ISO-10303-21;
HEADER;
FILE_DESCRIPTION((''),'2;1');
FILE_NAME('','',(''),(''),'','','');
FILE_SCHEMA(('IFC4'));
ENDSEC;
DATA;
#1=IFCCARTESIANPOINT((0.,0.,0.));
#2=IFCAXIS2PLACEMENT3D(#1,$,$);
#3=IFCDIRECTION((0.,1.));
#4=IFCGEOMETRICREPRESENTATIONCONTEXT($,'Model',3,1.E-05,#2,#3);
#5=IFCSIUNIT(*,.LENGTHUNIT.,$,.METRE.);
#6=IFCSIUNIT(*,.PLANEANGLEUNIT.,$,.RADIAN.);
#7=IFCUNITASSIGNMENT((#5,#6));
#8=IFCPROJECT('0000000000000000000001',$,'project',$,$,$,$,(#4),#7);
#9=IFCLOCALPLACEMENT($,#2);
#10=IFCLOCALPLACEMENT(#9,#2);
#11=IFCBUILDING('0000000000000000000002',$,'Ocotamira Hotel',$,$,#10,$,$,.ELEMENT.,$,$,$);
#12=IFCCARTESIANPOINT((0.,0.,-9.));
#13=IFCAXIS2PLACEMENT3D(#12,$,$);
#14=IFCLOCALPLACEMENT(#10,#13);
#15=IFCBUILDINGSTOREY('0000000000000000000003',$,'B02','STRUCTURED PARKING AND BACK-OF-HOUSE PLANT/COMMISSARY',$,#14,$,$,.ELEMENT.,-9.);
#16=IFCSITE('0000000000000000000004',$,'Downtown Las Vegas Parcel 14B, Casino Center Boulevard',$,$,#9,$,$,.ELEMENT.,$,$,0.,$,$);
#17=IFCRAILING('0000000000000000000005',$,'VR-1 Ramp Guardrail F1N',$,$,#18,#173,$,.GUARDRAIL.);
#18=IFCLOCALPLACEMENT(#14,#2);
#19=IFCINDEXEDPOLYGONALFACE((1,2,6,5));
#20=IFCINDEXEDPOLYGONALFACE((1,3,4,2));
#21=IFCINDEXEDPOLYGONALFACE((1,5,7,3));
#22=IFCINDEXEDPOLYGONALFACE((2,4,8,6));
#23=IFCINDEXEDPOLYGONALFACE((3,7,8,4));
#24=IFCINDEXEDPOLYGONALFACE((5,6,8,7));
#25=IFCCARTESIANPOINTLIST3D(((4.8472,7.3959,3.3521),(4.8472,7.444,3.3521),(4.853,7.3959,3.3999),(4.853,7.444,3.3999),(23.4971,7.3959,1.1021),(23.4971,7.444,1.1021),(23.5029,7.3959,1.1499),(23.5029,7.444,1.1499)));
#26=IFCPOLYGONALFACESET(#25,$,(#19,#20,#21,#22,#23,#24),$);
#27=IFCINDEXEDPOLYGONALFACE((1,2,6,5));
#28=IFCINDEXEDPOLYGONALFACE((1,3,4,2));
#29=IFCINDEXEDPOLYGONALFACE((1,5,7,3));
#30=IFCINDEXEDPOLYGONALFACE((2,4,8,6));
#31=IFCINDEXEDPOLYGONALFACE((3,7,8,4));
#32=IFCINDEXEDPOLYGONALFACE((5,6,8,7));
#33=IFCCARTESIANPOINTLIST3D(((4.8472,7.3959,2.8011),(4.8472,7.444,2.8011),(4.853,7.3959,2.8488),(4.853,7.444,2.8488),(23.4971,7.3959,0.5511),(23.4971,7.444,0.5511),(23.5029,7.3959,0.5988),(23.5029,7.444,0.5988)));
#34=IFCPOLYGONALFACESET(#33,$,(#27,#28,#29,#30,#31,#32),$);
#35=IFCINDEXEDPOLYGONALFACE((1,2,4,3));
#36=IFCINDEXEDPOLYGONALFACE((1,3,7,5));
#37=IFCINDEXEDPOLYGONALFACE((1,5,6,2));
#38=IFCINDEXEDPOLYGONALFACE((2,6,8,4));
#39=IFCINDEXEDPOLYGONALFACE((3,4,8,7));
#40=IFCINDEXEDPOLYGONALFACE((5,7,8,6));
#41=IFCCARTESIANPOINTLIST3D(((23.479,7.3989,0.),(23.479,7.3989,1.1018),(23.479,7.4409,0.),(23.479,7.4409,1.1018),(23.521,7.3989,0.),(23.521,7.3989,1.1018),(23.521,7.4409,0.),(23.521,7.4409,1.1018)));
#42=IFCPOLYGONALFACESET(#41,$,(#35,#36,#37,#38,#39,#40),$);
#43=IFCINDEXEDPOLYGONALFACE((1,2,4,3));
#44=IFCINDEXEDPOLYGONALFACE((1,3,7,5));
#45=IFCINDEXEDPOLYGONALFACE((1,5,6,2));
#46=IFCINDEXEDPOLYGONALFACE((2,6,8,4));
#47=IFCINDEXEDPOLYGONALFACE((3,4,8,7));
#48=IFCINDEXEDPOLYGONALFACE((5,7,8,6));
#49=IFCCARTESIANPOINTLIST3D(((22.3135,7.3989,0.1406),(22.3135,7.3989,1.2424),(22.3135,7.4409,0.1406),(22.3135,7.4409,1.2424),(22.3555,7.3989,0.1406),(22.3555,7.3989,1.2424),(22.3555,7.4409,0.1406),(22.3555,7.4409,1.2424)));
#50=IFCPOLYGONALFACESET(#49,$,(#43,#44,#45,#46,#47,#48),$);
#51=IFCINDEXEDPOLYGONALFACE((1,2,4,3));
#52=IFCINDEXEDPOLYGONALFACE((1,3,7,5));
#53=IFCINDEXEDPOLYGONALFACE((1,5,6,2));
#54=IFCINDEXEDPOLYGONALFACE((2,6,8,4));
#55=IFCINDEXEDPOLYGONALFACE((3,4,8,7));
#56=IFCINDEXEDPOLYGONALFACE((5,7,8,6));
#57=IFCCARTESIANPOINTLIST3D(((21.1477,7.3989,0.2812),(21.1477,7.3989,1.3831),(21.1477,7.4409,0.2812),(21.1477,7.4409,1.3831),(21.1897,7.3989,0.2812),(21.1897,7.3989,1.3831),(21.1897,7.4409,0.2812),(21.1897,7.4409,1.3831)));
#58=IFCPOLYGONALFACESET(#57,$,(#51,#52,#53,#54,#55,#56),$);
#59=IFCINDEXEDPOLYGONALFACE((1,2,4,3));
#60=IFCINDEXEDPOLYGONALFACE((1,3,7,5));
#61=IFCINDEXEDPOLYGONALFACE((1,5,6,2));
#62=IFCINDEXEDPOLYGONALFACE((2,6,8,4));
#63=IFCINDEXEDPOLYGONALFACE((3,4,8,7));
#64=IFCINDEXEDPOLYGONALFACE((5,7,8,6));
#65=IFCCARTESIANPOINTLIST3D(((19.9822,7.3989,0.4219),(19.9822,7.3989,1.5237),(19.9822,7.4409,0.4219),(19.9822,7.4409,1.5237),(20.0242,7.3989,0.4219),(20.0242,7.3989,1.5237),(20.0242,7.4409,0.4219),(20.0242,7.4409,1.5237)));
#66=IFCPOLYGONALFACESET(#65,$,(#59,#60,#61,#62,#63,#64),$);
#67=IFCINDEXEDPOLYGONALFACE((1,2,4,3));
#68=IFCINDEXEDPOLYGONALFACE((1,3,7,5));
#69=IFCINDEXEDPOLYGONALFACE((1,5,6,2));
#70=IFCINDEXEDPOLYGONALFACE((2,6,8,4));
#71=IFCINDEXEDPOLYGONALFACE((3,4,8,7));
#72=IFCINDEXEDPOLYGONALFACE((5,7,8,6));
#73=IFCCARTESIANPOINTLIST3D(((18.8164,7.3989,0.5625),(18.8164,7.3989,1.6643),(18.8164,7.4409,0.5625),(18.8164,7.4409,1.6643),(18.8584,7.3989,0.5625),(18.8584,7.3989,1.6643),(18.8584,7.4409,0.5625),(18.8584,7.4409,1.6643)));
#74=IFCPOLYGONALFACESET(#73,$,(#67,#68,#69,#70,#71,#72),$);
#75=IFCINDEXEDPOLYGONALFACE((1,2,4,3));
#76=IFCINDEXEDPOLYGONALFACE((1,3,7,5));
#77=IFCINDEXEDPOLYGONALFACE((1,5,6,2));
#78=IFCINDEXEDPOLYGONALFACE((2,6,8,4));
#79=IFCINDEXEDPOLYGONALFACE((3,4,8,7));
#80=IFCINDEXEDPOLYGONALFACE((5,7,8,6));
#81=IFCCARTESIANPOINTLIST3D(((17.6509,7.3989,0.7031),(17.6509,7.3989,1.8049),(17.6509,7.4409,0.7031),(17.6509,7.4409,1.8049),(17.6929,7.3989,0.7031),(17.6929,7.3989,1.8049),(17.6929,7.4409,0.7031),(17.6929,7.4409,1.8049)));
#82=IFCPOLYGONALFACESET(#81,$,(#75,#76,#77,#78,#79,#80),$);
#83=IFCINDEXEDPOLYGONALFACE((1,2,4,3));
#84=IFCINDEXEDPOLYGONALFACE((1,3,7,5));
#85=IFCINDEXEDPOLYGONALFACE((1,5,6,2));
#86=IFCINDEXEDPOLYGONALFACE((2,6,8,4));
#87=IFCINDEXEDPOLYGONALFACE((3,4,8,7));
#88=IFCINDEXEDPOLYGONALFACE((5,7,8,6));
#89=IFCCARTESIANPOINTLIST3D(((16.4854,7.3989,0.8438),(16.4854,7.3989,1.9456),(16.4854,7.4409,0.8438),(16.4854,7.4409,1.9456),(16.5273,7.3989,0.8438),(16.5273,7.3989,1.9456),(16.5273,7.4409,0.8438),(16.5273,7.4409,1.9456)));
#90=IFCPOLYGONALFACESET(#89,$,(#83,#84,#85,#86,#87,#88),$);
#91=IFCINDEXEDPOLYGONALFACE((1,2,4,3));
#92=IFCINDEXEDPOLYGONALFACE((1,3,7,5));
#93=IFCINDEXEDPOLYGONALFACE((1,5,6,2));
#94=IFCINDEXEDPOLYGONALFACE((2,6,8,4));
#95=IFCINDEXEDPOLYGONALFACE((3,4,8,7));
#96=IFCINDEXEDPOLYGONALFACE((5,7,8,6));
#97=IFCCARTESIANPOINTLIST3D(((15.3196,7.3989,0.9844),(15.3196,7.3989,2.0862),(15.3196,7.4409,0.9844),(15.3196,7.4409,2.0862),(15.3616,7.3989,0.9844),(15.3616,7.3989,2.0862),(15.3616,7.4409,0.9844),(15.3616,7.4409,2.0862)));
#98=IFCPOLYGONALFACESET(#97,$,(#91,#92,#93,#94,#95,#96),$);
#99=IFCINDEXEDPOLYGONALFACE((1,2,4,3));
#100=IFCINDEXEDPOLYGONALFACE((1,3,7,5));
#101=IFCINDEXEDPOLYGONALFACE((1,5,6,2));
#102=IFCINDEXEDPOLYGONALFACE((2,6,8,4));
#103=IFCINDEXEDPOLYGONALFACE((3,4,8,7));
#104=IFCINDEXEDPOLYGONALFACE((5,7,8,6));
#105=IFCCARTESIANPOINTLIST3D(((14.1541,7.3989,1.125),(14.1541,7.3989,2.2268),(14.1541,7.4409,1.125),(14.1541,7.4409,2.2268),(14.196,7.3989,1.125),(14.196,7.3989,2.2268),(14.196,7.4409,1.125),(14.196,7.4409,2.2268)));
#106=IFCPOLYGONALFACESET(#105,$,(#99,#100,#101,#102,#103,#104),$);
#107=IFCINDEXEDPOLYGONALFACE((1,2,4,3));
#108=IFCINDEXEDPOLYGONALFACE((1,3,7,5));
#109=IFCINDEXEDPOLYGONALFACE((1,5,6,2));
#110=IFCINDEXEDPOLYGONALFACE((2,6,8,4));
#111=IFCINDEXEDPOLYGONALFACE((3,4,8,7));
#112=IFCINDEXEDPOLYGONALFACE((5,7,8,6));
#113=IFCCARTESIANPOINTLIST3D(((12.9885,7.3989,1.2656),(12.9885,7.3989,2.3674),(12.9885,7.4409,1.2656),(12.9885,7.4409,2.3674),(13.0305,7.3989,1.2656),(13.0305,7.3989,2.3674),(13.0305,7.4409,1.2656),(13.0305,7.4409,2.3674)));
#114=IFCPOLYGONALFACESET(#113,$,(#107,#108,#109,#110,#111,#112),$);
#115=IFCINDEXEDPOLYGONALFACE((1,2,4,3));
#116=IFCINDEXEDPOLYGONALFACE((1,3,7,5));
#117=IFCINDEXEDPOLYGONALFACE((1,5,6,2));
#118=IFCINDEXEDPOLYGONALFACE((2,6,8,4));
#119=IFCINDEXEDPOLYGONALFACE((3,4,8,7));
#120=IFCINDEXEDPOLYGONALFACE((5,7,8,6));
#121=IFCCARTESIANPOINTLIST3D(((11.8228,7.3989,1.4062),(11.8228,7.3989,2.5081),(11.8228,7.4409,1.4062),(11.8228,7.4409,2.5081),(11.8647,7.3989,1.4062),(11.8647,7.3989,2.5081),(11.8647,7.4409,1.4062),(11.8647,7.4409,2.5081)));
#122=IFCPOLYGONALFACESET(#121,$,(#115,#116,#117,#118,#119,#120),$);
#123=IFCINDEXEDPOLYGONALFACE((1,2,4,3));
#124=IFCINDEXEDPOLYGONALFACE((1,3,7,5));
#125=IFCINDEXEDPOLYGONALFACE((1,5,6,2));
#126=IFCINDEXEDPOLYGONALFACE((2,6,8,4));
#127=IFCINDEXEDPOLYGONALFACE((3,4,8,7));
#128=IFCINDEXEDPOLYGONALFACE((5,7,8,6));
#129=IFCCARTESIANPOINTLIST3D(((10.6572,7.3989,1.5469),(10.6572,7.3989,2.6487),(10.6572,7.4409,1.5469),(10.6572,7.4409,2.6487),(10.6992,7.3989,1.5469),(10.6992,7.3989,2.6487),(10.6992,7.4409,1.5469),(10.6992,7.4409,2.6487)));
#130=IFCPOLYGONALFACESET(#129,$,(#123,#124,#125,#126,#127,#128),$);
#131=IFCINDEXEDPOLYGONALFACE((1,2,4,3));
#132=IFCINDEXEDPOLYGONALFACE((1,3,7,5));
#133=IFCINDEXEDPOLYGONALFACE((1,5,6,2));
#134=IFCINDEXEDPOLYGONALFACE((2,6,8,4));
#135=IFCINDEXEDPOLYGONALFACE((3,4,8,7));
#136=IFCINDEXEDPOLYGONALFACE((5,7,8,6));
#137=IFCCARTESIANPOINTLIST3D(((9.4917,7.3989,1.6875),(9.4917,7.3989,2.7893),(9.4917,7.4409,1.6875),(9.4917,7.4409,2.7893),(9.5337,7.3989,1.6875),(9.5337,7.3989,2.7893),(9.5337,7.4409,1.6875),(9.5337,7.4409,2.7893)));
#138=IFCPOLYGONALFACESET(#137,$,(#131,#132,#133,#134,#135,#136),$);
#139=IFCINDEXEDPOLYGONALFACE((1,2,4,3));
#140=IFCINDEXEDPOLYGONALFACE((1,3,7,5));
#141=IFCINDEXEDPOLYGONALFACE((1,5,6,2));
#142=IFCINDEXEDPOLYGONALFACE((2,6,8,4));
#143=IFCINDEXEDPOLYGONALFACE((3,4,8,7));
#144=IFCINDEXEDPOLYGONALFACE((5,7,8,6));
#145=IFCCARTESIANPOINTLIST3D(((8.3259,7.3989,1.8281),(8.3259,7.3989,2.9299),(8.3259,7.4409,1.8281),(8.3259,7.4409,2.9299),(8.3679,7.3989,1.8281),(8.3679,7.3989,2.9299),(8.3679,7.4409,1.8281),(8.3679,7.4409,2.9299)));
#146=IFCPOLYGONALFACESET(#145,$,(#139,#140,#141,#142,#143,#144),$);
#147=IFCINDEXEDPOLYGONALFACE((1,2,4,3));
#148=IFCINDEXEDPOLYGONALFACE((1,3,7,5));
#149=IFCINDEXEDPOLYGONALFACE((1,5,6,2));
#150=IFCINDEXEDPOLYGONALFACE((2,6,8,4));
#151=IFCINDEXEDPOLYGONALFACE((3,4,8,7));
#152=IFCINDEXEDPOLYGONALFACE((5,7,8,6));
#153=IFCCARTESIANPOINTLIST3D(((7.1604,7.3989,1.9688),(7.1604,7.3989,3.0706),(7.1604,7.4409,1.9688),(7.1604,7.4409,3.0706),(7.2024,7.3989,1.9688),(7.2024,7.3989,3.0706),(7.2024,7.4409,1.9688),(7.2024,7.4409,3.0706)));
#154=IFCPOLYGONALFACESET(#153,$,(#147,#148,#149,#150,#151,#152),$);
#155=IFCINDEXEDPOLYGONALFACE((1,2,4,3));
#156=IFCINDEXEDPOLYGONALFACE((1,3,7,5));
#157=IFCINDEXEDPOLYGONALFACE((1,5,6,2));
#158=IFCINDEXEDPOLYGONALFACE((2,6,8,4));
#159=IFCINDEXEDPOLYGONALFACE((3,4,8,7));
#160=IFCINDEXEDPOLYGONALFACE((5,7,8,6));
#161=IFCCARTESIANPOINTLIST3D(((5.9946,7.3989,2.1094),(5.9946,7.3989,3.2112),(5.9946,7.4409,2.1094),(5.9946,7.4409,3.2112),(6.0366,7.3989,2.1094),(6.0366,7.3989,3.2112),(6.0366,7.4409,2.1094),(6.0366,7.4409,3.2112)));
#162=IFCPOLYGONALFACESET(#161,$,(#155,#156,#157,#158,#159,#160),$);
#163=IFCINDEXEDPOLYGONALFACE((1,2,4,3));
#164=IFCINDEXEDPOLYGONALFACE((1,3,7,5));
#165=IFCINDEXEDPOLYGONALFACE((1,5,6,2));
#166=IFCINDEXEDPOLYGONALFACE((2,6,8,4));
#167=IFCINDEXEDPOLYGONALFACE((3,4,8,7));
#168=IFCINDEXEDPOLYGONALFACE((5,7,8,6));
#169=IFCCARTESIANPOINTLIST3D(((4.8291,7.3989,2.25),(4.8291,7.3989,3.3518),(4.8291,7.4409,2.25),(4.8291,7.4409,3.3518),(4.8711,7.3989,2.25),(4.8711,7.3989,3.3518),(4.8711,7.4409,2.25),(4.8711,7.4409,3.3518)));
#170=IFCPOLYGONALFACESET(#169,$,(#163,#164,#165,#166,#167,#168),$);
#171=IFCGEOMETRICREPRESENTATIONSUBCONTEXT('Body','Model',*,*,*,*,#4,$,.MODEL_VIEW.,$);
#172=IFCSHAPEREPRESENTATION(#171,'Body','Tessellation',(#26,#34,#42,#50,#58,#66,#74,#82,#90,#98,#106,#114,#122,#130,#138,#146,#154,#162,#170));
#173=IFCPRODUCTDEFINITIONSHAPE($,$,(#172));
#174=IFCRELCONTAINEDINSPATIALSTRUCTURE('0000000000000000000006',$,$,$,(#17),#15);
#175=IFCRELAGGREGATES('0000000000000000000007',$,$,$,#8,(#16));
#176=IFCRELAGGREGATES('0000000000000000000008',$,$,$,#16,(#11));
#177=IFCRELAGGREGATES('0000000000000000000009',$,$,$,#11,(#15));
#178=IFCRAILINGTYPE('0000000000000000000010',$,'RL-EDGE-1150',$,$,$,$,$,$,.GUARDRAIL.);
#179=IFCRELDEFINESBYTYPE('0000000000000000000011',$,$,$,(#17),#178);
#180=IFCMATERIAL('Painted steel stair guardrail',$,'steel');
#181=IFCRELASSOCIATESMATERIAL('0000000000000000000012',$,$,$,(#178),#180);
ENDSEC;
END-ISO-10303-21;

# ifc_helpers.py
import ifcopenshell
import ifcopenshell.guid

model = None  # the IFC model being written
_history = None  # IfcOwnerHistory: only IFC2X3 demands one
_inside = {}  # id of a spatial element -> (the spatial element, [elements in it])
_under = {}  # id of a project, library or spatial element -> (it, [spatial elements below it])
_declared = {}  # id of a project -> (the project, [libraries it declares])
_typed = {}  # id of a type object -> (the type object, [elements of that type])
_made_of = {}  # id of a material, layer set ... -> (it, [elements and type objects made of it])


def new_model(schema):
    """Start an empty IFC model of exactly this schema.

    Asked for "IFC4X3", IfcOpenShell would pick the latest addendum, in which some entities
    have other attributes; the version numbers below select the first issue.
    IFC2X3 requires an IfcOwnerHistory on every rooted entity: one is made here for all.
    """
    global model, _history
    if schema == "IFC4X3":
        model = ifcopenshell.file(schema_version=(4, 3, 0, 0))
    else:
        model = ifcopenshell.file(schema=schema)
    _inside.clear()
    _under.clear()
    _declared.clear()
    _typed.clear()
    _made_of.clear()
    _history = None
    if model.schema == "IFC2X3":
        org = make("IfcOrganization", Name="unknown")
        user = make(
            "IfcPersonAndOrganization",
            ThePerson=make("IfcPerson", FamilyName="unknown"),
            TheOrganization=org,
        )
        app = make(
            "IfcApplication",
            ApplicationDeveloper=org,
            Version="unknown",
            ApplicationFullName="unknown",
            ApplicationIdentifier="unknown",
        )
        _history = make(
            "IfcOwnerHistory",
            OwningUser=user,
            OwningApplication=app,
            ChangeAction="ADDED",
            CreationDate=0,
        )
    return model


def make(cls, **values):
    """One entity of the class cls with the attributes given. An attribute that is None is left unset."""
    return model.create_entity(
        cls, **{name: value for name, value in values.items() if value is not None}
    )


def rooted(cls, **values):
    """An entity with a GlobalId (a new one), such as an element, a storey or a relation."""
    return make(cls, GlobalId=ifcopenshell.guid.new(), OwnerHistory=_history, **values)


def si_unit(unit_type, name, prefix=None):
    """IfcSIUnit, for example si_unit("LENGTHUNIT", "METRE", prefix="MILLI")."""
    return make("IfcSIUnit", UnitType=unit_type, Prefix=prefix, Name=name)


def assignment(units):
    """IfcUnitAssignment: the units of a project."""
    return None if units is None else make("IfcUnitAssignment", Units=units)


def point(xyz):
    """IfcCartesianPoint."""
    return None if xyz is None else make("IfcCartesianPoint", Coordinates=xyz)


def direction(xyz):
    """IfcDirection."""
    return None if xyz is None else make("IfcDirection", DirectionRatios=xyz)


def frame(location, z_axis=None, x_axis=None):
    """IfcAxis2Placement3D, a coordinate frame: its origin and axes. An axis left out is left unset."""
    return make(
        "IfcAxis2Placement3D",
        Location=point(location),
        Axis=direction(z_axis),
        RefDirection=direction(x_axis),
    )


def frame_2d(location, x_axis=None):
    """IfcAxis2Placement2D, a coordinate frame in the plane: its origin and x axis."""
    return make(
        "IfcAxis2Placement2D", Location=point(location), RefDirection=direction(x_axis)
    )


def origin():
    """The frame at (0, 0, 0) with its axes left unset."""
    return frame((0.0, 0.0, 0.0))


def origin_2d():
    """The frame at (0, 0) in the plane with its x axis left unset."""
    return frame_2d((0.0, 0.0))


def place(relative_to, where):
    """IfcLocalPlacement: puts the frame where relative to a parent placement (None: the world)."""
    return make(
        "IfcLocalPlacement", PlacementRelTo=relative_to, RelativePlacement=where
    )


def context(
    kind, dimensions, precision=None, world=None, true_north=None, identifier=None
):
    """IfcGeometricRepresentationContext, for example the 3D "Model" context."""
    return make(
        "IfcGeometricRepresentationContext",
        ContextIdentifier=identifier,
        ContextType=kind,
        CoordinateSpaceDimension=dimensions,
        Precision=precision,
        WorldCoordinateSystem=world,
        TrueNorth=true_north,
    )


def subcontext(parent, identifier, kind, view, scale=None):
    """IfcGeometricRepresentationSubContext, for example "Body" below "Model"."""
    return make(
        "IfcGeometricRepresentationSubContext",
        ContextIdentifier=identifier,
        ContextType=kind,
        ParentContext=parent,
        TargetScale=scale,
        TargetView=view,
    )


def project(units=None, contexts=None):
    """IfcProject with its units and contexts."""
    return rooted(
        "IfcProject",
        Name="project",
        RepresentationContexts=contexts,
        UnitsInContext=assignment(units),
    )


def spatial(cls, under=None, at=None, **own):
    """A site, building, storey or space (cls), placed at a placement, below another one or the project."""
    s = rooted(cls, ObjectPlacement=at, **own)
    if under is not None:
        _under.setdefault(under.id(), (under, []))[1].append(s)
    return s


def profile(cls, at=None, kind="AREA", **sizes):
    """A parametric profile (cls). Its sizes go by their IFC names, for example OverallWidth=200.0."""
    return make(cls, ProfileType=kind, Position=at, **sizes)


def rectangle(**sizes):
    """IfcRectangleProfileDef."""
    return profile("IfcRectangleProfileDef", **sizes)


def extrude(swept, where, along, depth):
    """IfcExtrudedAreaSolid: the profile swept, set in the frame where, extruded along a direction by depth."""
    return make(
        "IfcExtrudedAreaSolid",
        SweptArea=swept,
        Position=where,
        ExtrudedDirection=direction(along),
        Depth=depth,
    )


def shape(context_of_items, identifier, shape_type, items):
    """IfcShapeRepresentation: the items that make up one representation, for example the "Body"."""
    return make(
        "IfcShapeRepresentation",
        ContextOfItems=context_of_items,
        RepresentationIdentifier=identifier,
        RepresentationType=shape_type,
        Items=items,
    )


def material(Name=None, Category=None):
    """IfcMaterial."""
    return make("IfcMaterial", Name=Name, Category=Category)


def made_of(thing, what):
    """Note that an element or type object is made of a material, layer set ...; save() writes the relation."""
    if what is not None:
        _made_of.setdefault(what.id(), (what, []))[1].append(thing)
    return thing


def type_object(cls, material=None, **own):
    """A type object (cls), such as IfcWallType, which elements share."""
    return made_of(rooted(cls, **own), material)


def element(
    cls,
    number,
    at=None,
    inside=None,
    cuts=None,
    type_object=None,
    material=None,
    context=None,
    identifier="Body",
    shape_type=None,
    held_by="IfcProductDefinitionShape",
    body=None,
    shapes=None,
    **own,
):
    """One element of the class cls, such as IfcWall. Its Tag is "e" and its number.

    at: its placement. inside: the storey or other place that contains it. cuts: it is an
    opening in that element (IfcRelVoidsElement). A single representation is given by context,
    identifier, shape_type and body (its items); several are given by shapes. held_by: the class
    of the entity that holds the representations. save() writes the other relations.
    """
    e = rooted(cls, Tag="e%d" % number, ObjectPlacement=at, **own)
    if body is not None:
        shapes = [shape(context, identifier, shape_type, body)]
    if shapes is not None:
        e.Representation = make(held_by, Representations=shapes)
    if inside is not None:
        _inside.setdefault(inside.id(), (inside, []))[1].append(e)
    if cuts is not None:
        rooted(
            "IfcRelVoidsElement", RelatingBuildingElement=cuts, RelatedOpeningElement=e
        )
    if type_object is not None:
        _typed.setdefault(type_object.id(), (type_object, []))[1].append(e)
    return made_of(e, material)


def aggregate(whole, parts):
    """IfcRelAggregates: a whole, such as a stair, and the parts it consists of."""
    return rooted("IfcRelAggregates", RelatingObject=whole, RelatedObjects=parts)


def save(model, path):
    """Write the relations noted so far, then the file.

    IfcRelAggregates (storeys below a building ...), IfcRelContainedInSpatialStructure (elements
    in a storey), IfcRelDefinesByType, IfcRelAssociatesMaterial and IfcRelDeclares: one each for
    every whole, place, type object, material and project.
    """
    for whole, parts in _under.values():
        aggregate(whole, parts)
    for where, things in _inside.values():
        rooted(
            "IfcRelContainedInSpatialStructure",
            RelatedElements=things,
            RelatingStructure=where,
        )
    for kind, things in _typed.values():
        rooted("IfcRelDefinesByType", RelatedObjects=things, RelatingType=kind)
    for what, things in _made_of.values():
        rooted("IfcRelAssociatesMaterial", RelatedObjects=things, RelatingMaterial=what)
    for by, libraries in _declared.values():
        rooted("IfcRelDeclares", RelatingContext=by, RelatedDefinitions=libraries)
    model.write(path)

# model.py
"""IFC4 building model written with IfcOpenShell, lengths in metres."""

from ifc_helpers import new_model, si_unit, direction, frame, origin, origin_2d, place, context, subcontext, project, spatial, rectangle, extrude, material, type_object, element, save


model = new_model("IFC4")

# Units and contexts
model_context = context("Model", 3, precision=1e-05, world=origin(), true_north=direction((0.0, 1.0)))
body_context = subcontext(model_context, "Body", "Model", "MODEL_VIEW")
ifc_project = project(units=[si_unit("LENGTHUNIT", "METRE"), si_unit("PLANEANGLEUNIT", "RADIAN")], contexts=[model_context])

# Site, building, storey
site_placement = place(None, origin())
site = spatial("IfcSite", under=ifc_project, at=site_placement, Name="Downtown Las Vegas Parcel 14B, Casino Center Boulevard", CompositionType="ELEMENT", RefElevation=0.0)
building_placement = place(site_placement, origin())
building = spatial("IfcBuilding", under=site, at=building_placement, Name="Ocotamira Hotel", CompositionType="ELEMENT")
storey_placement = place(building_placement, frame((0.0, 0.0, -9.0)))
storey = spatial("IfcBuildingStorey", under=building, at=storey_placement, Name="B02", Description="STRUCTURED PARKING AND BACK-OF-HOUSE PLANT/COMMISSARY", CompositionType="ELEMENT", Elevation=-9.0)

# Railing
ifc_material_1 = material(Name="Painted steel stair guardrail", Category="steel")
railing_type = type_object("IfcRailingType", Name="RL-EDGE-1150", PredefinedType="GUARDRAIL", material=ifc_material_1)
railing_1_placement = place(storey_placement, frame((23.5, 7.4199, 0.0)))
element("IfcRailing", 1, at=railing_1_placement, inside=storey, type_object=railing_type, Name="VR-1 Ramp Guardrail F1N", PredefinedType="GUARDRAIL", context=body_context, shape_type="SweptSolid", body=[
    extrude(rectangle(XDim=0.0481, YDim=0.0481, at=origin_2d()), frame((0.0, 0.0, 1.126), z_axis=(-0.992801, 0.0, 0.119776), x_axis=(0.0, -1.0, 0.0)), (0.0, 0.0, 1.0), 18.7852),
    extrude(rectangle(XDim=0.0481, YDim=0.0481, at=origin_2d()), frame((0.0, 0.0, 0.575), z_axis=(-0.992801, 0.0, 0.119776), x_axis=(0.0, -1.0, 0.0)), (0.0, 0.0, 1.0), 18.7852),
    extrude(rectangle(XDim=0.042, YDim=0.042, at=origin_2d()), origin(), (0.0, 0.0, 1.0), 1.1018),
    extrude(rectangle(XDim=0.042, YDim=0.042, at=origin_2d()), frame((-1.1655, 0.0, 0.1406)), (0.0, 0.0, 1.0), 1.1018),
    extrude(rectangle(XDim=0.042, YDim=0.042, at=origin_2d()), frame((-2.3313, 0.0, 0.2812)), (0.0, 0.0, 1.0), 1.1018),
    extrude(rectangle(XDim=0.042, YDim=0.042, at=origin_2d()), frame((-3.4968, 0.0, 0.4219)), (0.0, 0.0, 1.0), 1.1018),
    extrude(rectangle(XDim=0.042, YDim=0.042, at=origin_2d()), frame((-4.6626, 0.0, 0.5625)), (0.0, 0.0, 1.0), 1.1018),
    extrude(rectangle(XDim=0.042, YDim=0.042, at=origin_2d()), frame((-5.8281, 0.0, 0.7031)), (0.0, 0.0, 1.0), 1.1018),
    extrude(rectangle(XDim=0.042, YDim=0.042, at=origin_2d()), frame((-6.9937, 0.0, 0.8438)), (0.0, 0.0, 1.0), 1.1018),
    extrude(rectangle(XDim=0.042, YDim=0.042, at=origin_2d()), frame((-8.1594, 0.0, 0.9844)), (0.0, 0.0, 1.0), 1.1018),
    extrude(rectangle(XDim=0.042, YDim=0.042, at=origin_2d()), frame((-9.325, 0.0, 1.125)), (0.0, 0.0, 1.0), 1.1018),
    extrude(rectangle(XDim=0.042, YDim=0.042, at=origin_2d()), frame((-10.4905, 0.0, 1.2656)), (0.0, 0.0, 1.0), 1.1018),
    extrude(rectangle(XDim=0.042, YDim=0.042, at=origin_2d()), frame((-11.6562, 0.0, 1.4062)), (0.0, 0.0, 1.0), 1.1018),
    extrude(rectangle(XDim=0.042, YDim=0.042, at=origin_2d()), frame((-12.8218, 0.0, 1.5469)), (0.0, 0.0, 1.0), 1.1018),
    extrude(rectangle(XDim=0.042, YDim=0.042, at=origin_2d()), frame((-13.9873, 0.0, 1.6875)), (0.0, 0.0, 1.0), 1.1018),
    extrude(rectangle(XDim=0.042, YDim=0.042, at=origin_2d()), frame((-15.1531, 0.0, 1.8281)), (0.0, 0.0, 1.0), 1.1018),
    extrude(rectangle(XDim=0.042, YDim=0.042, at=origin_2d()), frame((-16.3186, 0.0, 1.9688)), (0.0, 0.0, 1.0), 1.1018),
    extrude(rectangle(XDim=0.042, YDim=0.042, at=origin_2d()), frame((-17.4844, 0.0, 2.1094)), (0.0, 0.0, 1.0), 1.1018),
    extrude(rectangle(XDim=0.042, YDim=0.042, at=origin_2d()), frame((-18.6499, 0.0, 2.25)), (0.0, 0.0, 1.0), 1.1018),
])

save(model, "model.ifc")
